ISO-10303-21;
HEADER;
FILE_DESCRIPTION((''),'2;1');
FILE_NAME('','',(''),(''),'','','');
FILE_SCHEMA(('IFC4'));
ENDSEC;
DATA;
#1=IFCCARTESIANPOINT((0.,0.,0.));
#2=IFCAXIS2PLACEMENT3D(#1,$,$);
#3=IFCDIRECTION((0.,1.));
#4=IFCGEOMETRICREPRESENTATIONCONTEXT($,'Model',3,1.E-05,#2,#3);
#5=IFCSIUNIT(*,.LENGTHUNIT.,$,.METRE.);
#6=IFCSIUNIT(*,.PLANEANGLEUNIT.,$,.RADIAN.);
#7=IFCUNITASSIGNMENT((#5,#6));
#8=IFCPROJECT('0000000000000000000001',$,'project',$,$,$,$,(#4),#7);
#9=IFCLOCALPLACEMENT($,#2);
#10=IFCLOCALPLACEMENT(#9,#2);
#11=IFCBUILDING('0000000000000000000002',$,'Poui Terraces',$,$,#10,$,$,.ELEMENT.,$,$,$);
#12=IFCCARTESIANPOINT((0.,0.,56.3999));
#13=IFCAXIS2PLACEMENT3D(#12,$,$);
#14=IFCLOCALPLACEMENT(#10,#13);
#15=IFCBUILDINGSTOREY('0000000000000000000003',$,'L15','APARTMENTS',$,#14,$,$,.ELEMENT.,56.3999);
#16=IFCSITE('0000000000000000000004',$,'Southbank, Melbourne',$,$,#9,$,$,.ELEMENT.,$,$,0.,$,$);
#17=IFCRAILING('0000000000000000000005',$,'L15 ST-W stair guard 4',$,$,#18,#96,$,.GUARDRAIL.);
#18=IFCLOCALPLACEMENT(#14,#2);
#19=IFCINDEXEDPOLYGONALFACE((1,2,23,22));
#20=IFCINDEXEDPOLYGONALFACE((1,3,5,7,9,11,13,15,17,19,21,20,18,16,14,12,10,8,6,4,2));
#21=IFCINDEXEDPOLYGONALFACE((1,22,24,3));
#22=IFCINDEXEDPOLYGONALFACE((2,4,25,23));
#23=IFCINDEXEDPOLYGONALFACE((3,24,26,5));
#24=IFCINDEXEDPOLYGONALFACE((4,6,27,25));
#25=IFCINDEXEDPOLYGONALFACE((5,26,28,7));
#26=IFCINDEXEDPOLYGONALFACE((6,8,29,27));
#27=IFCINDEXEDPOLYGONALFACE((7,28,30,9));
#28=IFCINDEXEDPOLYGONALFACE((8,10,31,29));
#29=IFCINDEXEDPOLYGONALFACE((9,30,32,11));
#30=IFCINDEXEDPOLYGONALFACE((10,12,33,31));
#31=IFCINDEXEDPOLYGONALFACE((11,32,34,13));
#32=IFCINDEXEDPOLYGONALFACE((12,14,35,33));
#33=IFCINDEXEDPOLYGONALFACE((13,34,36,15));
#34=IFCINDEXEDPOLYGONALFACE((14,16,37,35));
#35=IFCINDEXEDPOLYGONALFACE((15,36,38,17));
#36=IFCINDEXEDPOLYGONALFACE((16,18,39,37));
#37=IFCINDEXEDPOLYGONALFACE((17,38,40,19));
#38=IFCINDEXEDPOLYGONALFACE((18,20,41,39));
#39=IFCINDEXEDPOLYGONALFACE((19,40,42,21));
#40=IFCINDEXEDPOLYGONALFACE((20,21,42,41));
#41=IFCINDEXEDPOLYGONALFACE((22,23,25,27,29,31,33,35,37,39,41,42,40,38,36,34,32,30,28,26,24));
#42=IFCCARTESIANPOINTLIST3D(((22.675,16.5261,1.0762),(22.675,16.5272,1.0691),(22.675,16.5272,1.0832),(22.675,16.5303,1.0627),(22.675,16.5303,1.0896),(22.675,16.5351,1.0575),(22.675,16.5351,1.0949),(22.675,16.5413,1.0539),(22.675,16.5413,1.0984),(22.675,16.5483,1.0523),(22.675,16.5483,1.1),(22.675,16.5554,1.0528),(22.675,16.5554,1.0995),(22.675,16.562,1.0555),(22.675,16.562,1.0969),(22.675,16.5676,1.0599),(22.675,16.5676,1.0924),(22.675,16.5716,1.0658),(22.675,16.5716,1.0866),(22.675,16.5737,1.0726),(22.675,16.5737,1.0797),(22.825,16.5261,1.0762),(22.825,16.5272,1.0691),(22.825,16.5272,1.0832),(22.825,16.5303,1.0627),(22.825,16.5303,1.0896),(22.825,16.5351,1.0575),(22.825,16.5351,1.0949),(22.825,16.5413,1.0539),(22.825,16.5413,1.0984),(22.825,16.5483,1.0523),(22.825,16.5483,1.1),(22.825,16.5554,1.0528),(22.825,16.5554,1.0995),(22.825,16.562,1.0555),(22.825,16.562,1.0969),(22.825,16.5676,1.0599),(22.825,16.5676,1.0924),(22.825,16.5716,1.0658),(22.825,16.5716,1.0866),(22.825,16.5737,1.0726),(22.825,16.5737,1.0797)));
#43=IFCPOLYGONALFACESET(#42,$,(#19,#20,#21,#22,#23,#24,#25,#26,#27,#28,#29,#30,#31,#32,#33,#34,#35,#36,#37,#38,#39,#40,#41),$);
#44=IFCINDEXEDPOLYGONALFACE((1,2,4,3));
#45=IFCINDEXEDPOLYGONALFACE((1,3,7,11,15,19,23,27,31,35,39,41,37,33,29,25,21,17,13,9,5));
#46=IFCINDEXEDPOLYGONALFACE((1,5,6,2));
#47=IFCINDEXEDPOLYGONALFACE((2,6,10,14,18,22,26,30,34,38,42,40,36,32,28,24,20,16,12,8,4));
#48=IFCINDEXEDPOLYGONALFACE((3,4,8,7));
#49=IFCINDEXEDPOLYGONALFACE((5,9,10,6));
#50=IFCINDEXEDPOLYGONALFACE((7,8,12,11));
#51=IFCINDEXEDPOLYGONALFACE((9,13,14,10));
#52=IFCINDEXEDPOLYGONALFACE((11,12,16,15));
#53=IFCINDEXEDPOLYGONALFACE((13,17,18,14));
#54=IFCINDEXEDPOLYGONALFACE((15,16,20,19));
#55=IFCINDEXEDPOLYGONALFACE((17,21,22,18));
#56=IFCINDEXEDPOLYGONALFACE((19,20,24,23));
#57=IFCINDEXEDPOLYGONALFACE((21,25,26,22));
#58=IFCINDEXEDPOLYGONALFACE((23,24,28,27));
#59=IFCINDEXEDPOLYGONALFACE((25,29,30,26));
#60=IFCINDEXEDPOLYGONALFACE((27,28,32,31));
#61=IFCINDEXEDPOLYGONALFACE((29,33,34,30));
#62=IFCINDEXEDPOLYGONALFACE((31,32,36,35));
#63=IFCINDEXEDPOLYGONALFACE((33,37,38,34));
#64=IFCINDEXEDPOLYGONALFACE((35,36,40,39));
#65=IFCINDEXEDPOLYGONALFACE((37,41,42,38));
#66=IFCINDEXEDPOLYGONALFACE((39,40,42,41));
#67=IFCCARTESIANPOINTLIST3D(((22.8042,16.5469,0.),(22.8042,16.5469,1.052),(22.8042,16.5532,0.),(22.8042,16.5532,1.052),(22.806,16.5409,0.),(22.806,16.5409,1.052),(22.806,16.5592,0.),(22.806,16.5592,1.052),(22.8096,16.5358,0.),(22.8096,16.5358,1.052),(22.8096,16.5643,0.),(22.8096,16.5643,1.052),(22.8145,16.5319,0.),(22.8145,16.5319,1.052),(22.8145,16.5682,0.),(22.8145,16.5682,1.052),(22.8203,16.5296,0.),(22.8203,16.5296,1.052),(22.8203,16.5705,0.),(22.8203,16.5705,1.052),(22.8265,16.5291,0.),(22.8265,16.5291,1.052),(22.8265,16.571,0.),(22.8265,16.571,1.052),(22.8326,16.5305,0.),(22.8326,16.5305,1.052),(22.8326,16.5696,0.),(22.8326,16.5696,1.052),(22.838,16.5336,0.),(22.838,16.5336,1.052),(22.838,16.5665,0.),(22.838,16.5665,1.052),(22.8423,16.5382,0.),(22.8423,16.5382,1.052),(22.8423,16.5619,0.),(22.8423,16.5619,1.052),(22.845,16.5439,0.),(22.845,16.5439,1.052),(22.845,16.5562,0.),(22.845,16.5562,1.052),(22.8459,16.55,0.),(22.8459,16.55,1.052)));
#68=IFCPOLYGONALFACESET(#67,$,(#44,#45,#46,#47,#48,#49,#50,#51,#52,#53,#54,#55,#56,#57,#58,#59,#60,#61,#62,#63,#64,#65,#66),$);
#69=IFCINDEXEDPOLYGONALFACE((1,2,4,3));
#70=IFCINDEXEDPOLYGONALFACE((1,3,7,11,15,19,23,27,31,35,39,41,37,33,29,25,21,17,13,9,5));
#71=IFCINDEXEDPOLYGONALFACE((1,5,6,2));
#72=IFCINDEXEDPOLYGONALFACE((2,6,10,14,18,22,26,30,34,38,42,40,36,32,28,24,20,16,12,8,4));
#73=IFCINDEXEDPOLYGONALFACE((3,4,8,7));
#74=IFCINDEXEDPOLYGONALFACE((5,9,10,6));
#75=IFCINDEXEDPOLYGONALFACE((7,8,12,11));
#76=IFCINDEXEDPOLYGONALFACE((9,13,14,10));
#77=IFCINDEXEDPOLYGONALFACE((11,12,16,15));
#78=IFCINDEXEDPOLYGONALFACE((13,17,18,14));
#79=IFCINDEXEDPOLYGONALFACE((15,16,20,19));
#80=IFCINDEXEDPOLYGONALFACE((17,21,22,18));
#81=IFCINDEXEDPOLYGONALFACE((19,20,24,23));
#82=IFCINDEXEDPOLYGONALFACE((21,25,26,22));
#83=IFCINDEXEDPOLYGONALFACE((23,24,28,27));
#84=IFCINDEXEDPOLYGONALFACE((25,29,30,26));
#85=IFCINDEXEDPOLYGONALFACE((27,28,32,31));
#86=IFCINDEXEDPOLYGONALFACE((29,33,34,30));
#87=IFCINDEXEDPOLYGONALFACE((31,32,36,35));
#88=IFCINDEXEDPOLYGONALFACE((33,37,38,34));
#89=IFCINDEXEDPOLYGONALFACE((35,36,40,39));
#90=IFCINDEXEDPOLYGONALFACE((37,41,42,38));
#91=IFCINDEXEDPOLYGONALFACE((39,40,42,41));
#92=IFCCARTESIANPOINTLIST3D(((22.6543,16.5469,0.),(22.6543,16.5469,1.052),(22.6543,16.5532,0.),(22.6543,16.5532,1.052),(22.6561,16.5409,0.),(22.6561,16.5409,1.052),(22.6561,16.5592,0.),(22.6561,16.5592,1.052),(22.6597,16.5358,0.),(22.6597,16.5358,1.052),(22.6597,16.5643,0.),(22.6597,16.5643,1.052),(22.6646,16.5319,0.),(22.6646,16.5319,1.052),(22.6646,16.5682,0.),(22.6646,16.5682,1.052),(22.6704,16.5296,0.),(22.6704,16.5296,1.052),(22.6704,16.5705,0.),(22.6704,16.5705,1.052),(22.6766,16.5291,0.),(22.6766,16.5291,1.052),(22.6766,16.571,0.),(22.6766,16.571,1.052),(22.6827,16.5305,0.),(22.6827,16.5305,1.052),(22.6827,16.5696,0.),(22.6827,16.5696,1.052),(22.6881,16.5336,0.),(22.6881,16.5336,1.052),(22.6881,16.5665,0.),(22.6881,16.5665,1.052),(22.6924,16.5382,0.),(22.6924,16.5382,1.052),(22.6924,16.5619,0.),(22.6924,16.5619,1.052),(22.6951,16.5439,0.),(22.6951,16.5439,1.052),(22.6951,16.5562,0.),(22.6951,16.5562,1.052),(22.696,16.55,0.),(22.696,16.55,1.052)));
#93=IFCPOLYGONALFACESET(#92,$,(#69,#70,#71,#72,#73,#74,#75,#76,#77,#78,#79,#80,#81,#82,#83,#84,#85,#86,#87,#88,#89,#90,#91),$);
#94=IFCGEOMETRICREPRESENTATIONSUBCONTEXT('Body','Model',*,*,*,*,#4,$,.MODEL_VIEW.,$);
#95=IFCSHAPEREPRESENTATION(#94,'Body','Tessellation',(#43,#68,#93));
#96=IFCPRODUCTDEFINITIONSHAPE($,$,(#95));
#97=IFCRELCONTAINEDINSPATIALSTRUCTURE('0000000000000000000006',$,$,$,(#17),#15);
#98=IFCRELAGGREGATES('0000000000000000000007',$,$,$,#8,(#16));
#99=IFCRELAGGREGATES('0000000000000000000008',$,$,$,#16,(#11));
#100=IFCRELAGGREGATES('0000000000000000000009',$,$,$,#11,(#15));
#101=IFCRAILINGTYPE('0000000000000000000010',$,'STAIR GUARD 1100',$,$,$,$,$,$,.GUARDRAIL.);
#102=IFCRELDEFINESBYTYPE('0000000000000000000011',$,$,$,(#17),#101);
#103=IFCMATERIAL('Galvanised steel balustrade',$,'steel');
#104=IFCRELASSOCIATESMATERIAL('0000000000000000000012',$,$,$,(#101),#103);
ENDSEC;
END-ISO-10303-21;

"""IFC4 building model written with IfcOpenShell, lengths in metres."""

from ifc_helpers import new_model, si_unit, direction, frame, origin, origin_2d, place, context, subcontext, project, spatial, circle, extrude, material, type_object, element, save


model = new_model("IFC4")

# Units and contexts
model_context = context("Model", 3, precision=1e-05, world=origin(), true_north=direction((0.0, 1.0)))
body_context = subcontext(model_context, "Body", "Model", "MODEL_VIEW")
ifc_project = project(units=[si_unit("LENGTHUNIT", "METRE"), si_unit("PLANEANGLEUNIT", "RADIAN")], contexts=[model_context])

# Site, building, storey
site_placement = place(None, origin())
site = spatial("IfcSite", under=ifc_project, at=site_placement, Name="Southbank, Melbourne", CompositionType="ELEMENT", RefElevation=0.0)
building_placement = place(site_placement, origin())
building = spatial("IfcBuilding", under=site, at=building_placement, Name="Poui Terraces", CompositionType="ELEMENT")
storey_placement = place(building_placement, frame((0.0, 0.0, 56.3999)))
storey = spatial("IfcBuildingStorey", under=building, at=storey_placement, Name="L15", Description="APARTMENTS", CompositionType="ELEMENT", Elevation=56.3999)

# Railing
ifc_material_1 = material(Name="Galvanised steel balustrade", Category="steel")
railing_type_1 = type_object("IfcRailingType", Name="STAIR GUARD 1100", PredefinedType="GUARDRAIL", material=ifc_material_1)
railing_1_placement = place(storey_placement, frame((22.825, 16.55, 0.0)))
element("IfcRailing", 1, at=railing_1_placement, inside=storey, type_object=railing_type_1, Name="L15 ST-W stair guard 4", PredefinedType="GUARDRAIL", context=body_context, shape_type="SweptSolid", body=[
    extrude(circle(Radius=0.0239, at=origin_2d()), frame((0.0, 0.0, 1.0762), z_axis=(-1.0, 0.0, 0.0), x_axis=(0.0, -1.0, 0.0)), (0.0, 0.0, 1.0), 0.1499),
    extrude(circle(Radius=0.021, at=origin_2d()), origin(), (0.0, 0.0, 1.0), 1.052),
    extrude(circle(Radius=0.021, at=origin_2d()), frame((-0.1499, 0.0, 0.0)), (0.0, 0.0, 1.0), 1.052),
])

save(model, "model.ifc")
